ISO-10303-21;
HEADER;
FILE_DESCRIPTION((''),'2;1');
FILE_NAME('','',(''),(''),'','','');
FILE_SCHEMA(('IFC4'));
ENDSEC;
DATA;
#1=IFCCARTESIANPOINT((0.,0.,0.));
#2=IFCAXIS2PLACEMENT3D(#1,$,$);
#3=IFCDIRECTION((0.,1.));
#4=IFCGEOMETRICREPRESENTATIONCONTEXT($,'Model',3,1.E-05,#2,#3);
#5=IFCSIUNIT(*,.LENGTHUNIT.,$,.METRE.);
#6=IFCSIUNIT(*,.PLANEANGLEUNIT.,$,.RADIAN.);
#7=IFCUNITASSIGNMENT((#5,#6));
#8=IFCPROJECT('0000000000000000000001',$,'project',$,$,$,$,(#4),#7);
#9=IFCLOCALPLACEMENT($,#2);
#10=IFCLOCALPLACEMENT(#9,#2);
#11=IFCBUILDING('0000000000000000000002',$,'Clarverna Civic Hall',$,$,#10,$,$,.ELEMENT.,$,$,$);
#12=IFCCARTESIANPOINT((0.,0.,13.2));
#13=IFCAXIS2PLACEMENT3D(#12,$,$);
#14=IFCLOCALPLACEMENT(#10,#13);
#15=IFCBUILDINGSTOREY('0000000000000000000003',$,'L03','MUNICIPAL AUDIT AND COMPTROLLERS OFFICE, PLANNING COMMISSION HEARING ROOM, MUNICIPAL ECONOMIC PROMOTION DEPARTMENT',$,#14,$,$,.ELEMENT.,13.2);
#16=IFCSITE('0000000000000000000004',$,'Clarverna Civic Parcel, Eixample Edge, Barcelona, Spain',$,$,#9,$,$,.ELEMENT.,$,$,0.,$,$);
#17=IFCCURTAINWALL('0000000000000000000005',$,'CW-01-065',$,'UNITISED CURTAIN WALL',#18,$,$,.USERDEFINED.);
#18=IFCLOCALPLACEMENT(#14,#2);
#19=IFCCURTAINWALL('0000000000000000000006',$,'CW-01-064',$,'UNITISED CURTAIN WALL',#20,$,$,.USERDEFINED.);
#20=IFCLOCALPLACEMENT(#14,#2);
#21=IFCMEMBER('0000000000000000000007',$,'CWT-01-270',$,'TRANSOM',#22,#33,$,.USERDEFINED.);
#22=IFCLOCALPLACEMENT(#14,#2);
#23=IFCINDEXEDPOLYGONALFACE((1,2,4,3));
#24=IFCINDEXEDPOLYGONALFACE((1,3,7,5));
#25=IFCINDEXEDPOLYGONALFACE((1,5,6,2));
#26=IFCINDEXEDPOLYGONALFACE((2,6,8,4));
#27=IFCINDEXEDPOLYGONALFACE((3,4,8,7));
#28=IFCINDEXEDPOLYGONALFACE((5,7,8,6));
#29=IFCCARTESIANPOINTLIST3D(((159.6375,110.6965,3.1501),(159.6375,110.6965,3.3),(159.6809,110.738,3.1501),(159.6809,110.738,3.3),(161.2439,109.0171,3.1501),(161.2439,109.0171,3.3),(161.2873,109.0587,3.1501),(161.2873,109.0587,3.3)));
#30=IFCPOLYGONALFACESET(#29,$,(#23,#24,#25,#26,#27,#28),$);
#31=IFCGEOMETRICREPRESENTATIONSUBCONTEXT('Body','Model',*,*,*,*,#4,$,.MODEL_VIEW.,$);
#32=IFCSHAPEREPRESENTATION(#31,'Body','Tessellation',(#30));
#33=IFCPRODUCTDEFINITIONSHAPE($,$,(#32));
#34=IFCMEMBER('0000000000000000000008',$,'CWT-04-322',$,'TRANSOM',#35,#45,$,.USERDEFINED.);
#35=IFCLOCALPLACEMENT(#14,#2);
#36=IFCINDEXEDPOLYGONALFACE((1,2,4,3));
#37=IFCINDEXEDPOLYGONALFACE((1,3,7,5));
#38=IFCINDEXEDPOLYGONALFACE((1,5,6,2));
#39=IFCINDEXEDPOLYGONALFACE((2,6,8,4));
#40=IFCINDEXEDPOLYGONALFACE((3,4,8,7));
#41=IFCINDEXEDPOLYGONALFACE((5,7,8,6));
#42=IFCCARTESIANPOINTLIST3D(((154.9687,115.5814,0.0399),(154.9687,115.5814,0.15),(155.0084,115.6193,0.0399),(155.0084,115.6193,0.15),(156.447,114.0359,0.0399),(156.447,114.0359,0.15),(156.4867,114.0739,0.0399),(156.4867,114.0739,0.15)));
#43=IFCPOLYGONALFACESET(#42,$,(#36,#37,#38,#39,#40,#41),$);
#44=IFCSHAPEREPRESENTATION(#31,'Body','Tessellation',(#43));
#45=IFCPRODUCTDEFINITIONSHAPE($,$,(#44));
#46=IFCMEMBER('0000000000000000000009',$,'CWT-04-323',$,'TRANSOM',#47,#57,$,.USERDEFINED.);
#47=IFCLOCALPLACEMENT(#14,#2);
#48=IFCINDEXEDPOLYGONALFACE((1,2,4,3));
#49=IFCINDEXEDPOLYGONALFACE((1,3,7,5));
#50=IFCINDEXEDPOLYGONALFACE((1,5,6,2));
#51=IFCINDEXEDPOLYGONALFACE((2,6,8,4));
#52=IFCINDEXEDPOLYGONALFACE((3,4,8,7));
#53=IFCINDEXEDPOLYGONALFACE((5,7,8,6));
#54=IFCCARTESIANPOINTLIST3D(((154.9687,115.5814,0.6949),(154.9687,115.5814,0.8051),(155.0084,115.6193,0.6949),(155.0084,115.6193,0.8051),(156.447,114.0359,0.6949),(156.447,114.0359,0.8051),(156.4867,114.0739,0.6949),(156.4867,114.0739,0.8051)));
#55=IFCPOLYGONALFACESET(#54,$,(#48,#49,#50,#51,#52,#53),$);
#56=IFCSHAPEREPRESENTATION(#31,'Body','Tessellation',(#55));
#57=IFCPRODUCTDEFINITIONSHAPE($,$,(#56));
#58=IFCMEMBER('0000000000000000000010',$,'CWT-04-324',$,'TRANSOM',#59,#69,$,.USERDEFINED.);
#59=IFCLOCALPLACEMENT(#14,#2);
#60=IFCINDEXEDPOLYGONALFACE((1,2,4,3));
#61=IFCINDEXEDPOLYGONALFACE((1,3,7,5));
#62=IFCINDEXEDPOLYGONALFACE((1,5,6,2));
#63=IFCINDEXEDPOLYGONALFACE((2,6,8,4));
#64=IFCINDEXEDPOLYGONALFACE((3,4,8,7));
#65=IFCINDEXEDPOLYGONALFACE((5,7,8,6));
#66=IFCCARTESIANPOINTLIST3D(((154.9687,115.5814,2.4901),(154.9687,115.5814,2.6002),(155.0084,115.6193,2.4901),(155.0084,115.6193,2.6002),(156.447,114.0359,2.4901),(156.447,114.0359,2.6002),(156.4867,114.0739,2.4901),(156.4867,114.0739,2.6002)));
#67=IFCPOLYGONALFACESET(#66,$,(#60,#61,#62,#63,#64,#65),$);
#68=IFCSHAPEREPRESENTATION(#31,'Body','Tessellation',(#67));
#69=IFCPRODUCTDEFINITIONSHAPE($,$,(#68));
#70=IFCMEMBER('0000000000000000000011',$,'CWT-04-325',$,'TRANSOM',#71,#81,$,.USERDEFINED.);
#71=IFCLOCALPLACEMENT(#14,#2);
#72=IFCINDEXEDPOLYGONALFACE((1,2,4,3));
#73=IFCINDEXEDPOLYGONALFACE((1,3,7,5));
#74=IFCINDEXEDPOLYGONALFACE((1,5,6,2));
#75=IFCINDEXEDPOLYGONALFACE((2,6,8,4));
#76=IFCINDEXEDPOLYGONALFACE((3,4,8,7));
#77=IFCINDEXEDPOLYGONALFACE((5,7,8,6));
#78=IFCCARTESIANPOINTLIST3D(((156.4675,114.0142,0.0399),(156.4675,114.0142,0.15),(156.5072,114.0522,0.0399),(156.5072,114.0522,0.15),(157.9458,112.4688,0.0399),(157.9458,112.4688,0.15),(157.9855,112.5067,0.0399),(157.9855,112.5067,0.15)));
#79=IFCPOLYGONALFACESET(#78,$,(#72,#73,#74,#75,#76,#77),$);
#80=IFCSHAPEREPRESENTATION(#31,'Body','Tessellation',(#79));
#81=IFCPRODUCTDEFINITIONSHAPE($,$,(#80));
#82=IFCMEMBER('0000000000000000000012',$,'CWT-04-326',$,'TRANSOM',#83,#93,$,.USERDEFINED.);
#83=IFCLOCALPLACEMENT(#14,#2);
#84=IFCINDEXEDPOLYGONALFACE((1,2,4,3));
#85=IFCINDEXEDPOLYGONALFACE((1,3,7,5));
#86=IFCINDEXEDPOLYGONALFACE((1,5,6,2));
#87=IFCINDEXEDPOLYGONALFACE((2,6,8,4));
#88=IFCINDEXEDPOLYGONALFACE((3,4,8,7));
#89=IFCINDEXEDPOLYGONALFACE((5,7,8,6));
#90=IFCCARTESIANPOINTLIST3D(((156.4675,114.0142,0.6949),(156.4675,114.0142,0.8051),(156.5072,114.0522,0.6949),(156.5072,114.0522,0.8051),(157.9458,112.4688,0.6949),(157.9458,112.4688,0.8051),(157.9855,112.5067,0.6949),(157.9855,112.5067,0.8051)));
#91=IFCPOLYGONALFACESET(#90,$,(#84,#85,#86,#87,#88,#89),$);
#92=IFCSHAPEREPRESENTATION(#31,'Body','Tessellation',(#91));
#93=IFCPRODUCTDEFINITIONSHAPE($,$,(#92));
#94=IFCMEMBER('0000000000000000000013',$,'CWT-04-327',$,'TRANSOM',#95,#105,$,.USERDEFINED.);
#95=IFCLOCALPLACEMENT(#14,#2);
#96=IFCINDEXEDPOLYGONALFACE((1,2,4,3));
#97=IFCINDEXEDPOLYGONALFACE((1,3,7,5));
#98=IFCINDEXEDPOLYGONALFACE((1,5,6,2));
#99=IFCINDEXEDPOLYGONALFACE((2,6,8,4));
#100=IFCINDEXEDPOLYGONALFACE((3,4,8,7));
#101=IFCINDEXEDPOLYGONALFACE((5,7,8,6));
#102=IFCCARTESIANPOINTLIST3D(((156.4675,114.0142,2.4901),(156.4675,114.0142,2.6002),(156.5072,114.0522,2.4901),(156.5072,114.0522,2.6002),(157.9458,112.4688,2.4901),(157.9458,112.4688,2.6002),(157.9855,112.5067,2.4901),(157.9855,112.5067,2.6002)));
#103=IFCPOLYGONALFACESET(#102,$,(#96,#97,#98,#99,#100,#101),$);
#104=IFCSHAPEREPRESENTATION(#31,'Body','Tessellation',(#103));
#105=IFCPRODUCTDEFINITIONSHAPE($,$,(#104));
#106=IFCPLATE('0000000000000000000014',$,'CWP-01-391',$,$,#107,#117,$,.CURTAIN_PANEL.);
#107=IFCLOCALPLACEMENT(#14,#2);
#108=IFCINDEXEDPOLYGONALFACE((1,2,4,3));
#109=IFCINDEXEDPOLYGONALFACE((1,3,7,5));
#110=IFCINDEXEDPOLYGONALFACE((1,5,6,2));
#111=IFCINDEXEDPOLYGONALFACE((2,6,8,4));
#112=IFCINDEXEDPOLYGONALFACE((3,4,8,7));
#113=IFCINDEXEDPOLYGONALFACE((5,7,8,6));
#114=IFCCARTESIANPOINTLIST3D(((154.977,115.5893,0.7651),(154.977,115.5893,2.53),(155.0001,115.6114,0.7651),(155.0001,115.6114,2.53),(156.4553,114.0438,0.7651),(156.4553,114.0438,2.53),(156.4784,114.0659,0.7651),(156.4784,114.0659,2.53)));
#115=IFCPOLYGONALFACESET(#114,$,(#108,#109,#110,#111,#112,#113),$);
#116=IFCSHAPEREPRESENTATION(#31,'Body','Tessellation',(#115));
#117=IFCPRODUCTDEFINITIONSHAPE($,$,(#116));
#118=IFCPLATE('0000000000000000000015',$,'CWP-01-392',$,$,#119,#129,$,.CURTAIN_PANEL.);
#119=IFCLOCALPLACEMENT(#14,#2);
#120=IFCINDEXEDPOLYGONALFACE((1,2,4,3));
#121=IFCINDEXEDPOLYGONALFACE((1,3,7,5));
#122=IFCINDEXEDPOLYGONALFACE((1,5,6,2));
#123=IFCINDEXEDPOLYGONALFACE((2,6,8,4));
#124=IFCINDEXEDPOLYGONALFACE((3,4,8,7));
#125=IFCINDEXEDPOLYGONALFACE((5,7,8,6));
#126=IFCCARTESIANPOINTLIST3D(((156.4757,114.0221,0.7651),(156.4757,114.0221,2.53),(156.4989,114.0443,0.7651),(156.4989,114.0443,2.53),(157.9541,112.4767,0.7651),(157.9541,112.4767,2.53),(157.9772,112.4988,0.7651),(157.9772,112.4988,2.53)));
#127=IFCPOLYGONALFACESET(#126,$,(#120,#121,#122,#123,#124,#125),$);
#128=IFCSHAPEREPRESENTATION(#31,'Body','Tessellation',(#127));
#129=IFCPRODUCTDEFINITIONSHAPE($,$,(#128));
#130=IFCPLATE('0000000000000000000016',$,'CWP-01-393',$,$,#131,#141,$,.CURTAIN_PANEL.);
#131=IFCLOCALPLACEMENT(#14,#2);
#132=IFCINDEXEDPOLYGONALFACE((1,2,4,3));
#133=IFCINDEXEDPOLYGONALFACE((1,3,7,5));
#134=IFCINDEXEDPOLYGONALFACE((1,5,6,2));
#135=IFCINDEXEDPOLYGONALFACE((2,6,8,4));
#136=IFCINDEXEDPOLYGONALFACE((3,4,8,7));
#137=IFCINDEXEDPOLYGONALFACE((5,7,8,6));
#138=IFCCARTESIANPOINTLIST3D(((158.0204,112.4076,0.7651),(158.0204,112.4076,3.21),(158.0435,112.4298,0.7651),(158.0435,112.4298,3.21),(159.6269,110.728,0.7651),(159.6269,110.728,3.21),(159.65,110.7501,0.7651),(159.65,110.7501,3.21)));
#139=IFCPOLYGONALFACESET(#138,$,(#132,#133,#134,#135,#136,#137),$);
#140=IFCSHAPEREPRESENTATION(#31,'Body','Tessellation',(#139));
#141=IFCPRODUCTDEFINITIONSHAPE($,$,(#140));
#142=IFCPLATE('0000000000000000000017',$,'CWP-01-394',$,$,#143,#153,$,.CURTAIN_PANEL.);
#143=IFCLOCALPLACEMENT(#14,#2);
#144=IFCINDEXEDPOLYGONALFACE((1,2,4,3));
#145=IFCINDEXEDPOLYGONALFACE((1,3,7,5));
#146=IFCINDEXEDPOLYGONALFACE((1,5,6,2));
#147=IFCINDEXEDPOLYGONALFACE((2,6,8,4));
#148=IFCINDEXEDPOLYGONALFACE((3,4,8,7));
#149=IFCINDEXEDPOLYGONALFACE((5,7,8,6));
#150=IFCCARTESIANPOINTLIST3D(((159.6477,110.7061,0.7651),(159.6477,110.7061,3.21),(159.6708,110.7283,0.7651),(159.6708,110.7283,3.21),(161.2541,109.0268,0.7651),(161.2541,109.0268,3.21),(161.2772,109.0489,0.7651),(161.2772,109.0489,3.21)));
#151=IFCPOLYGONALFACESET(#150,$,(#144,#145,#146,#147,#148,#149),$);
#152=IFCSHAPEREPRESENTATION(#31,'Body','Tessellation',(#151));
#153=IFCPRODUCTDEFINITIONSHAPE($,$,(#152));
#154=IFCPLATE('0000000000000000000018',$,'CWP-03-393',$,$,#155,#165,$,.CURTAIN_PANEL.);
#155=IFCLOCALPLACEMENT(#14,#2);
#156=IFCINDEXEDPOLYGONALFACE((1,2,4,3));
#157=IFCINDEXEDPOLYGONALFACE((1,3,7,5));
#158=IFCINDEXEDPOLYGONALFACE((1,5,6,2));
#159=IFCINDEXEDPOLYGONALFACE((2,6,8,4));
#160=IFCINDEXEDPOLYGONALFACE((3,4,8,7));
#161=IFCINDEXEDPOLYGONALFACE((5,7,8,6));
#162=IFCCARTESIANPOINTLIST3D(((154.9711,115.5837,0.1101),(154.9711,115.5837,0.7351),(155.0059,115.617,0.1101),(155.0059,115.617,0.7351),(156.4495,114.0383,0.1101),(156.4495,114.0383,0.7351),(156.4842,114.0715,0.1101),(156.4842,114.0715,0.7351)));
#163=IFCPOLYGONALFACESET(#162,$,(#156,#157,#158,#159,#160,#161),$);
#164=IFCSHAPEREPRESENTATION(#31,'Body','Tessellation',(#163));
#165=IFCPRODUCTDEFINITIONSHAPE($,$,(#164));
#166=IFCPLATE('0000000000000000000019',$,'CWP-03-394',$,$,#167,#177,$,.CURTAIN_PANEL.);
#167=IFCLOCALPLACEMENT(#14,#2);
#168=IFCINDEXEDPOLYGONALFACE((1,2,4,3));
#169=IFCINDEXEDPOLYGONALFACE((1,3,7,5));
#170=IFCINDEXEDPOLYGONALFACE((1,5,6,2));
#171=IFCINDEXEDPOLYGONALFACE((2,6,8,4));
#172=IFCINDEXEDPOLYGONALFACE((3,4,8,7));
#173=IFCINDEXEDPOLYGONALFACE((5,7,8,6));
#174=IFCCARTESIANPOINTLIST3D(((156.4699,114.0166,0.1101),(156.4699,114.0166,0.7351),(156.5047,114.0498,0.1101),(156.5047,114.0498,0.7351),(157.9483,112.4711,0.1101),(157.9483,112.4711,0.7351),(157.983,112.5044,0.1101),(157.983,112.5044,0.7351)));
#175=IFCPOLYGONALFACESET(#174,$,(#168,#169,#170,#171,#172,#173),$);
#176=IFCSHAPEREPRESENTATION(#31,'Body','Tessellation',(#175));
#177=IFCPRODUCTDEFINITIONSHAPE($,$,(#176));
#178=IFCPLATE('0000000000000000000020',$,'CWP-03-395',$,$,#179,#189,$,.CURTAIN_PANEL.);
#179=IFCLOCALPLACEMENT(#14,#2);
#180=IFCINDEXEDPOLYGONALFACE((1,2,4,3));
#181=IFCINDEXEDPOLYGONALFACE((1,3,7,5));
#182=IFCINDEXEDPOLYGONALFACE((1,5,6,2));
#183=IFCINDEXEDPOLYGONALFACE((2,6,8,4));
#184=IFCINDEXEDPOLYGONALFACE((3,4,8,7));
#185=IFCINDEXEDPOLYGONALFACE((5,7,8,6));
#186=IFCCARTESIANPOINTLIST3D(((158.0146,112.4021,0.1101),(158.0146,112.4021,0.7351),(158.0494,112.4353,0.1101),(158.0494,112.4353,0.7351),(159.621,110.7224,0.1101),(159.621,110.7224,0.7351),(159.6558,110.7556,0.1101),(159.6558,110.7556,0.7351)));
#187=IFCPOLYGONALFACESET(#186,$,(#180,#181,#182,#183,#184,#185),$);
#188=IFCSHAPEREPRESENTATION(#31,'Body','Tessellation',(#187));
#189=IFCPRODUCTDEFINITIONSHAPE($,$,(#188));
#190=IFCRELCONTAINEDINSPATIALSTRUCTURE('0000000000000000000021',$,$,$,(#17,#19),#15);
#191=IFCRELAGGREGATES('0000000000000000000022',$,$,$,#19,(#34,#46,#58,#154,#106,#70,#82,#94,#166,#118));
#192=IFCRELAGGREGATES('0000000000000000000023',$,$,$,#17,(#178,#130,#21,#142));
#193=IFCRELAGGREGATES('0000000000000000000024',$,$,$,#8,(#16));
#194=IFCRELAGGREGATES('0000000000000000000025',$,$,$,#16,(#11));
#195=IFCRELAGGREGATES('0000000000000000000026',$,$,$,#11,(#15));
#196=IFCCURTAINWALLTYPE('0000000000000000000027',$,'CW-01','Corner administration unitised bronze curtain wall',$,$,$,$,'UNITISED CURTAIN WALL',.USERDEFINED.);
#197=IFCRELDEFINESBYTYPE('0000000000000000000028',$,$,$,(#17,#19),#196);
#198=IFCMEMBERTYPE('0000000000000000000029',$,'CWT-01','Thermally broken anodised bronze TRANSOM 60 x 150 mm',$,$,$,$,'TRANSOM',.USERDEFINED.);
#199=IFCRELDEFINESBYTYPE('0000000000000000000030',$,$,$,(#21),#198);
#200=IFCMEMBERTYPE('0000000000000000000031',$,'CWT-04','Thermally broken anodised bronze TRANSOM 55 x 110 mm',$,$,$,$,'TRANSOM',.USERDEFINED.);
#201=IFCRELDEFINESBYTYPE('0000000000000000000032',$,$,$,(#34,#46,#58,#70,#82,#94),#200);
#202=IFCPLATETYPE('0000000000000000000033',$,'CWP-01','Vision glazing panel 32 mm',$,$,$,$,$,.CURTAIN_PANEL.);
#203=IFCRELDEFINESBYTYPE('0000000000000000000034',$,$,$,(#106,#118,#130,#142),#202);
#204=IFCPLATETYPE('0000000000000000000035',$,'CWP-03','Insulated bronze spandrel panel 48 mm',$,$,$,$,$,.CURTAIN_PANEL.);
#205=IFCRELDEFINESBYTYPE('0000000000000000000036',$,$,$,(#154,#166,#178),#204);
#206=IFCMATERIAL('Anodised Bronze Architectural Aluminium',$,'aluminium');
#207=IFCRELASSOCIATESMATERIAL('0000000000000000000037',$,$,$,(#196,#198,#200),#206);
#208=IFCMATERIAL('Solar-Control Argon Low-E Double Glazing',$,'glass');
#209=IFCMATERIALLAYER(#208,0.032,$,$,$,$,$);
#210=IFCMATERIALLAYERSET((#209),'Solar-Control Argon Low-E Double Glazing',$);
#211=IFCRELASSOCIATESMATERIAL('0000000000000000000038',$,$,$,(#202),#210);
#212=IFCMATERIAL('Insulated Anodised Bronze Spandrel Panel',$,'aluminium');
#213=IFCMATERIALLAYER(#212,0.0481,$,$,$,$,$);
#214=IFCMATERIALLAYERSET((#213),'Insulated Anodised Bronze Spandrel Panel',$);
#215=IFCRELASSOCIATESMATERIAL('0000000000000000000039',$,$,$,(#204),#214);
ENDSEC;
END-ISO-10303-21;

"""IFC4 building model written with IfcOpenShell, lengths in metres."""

from ifc_helpers import new_model, si_unit, direction, frame, frame_2d, origin, origin_2d, place, context, subcontext, project, spatial, rectangle, extrude, material, layer, layer_set, material_profile, profile_set, type_object, element, aggregate, save


model = new_model("IFC4")

# Units and contexts
model_context = context("Model", 3, precision=1e-05, world=origin(), true_north=direction((0.0, 1.0)))
body_context = subcontext(model_context, "Body", "Model", "MODEL_VIEW")
ifc_project = project(units=[si_unit("LENGTHUNIT", "METRE"), si_unit("PLANEANGLEUNIT", "RADIAN")], contexts=[model_context])

# Site, building, storey
site_placement = place(None, origin())
site = spatial("IfcSite", under=ifc_project, at=site_placement, Name="Clarverna Civic Parcel, Eixample Edge, Barcelona, Spain", CompositionType="ELEMENT", RefElevation=0.0)
building_placement = place(site_placement, origin())
building = spatial("IfcBuilding", under=site, at=building_placement, Name="Clarverna Civic Hall", CompositionType="ELEMENT")
storey_placement = place(building_placement, frame((0.0, 0.0, 13.2)))
storey = spatial("IfcBuildingStorey", under=building, at=storey_placement, Name="L03", Description="MUNICIPAL AUDIT AND COMPTROLLERS OFFICE, PLANNING COMMISSION HEARING ROOM, MUNICIPAL ECONOMIC PROMOTION DEPARTMENT", CompositionType="ELEMENT", Elevation=13.2)

# Curtain walls
ifc_material_1 = material(Name="Anodised Bronze Architectural Aluminium", Category="aluminium")
curtain_wall_type = type_object("IfcCurtainWallType", Name="CW-01", Description="Corner administration unitised bronze curtain wall", ElementType="UNITISED CURTAIN WALL", PredefinedType="USERDEFINED", material=ifc_material_1)
curtain_wall_1_placement = place(storey_placement, origin())
curtain_wall_1 = element("IfcCurtainWall", 1, at=curtain_wall_1_placement, inside=storey, type_object=curtain_wall_type, Name="CW-01-065", ObjectType="UNITISED CURTAIN WALL", PredefinedType="USERDEFINED")
curtain_wall_2_placement = place(storey_placement, origin())
curtain_wall_2 = element("IfcCurtainWall", 2, at=curtain_wall_2_placement, inside=storey, type_object=curtain_wall_type, Name="CW-01-064", ObjectType="UNITISED CURTAIN WALL", PredefinedType="USERDEFINED")

# Members
ifc_material_profile_1 = material_profile(ifc_material_1, rectangle(XDim=0.0601, YDim=0.1499, at=origin_2d()), Name="BRONZE 60x150")
ifc_profile_set_1 = profile_set([ifc_material_profile_1], Name="Anodised Bronze Architectural Aluminium")
member_type_1 = type_object("IfcMemberType", Name="CWT-01", Description="Thermally broken anodised bronze TRANSOM 60 x 150 mm", ElementType="TRANSOM", PredefinedType="USERDEFINED", material=ifc_profile_set_1)
member_1_placement = place(storey_placement, frame((159.6592, 110.7173, 3.2251), z_axis=(0.691227, -0.722637, 0.0), x_axis=(0.722637, 0.691227, 0.0)))
member_1 = element("IfcMember", 3, at=member_1_placement, type_object=member_type_1, Name="CWT-01-270", ObjectType="TRANSOM", PredefinedType="USERDEFINED", context=body_context, shape_type="SweptSolid", body=[
    extrude(rectangle(XDim=0.0601, YDim=0.1499, at=origin_2d()), origin(), (0.0, 0.0, 1.0), 2.324),
])
ifc_material_profile_2 = material_profile(ifc_material_1, rectangle(XDim=0.0549, YDim=0.1101, at=origin_2d()), Name="BRONZE 55x110")
ifc_profile_set_2 = profile_set([ifc_material_profile_2], Name="Anodised Bronze Architectural Aluminium")
member_type_2 = type_object("IfcMemberType", Name="CWT-04", Description="Thermally broken anodised bronze TRANSOM 55 x 110 mm", ElementType="TRANSOM", PredefinedType="USERDEFINED", material=ifc_profile_set_2)
member_2_placement = place(storey_placement, frame((154.9885, 115.6003, 0.095), z_axis=(0.691236, -0.722629, 0.0), x_axis=(0.722629, 0.691236, 0.0)))
member_2 = element("IfcMember", 4, at=member_2_placement, type_object=member_type_2, Name="CWT-04-322", ObjectType="TRANSOM", PredefinedType="USERDEFINED", context=body_context, shape_type="SweptSolid", body=[
    extrude(rectangle(XDim=0.0549, YDim=0.1101, at=origin_2d()), origin(), (0.0, 0.0, 1.0), 2.1387),
])
member_3_placement = place(storey_placement, frame((154.9885, 115.6003, 0.75), z_axis=(0.691236, -0.722629, 0.0), x_axis=(0.722629, 0.691236, 0.0)))
member_3 = element("IfcMember", 5, at=member_3_placement, type_object=member_type_2, Name="CWT-04-323", ObjectType="TRANSOM", PredefinedType="USERDEFINED", context=body_context, shape_type="SweptSolid", body=[
    extrude(rectangle(XDim=0.0549, YDim=0.1101, at=origin_2d()), origin(), (0.0, 0.0, 1.0), 2.1387),
])
member_4_placement = place(storey_placement, frame((154.9885, 115.6003, 2.5452), z_axis=(0.691236, -0.722629, 0.0), x_axis=(0.722629, 0.691236, 0.0)))
member_4 = element("IfcMember", 6, at=member_4_placement, type_object=member_type_2, Name="CWT-04-324", ObjectType="TRANSOM", PredefinedType="USERDEFINED", context=body_context, shape_type="SweptSolid", body=[
    extrude(rectangle(XDim=0.0549, YDim=0.1101, at=origin_2d()), origin(), (0.0, 0.0, 1.0), 2.1387),
])
member_5_placement = place(storey_placement, frame((156.4873, 114.0332, 0.095), z_axis=(0.691236, -0.722629, 0.0), x_axis=(0.722629, 0.691236, 0.0)))
member_5 = element("IfcMember", 7, at=member_5_placement, type_object=member_type_2, Name="CWT-04-325", ObjectType="TRANSOM", PredefinedType="USERDEFINED", context=body_context, shape_type="SweptSolid", body=[
    extrude(rectangle(XDim=0.0549, YDim=0.1101, at=origin_2d()), origin(), (0.0, 0.0, 1.0), 2.1387),
])
member_6_placement = place(storey_placement, frame((156.4873, 114.0332, 0.75), z_axis=(0.691236, -0.722629, 0.0), x_axis=(0.722629, 0.691236, 0.0)))
member_6 = element("IfcMember", 8, at=member_6_placement, type_object=member_type_2, Name="CWT-04-326", ObjectType="TRANSOM", PredefinedType="USERDEFINED", context=body_context, shape_type="SweptSolid", body=[
    extrude(rectangle(XDim=0.0549, YDim=0.1101, at=origin_2d()), origin(), (0.0, 0.0, 1.0), 2.1387),
])
member_7_placement = place(storey_placement, frame((156.4873, 114.0332, 2.5452), z_axis=(0.691236, -0.722629, 0.0), x_axis=(0.722629, 0.691236, 0.0)))
member_7 = element("IfcMember", 9, at=member_7_placement, type_object=member_type_2, Name="CWT-04-327", ObjectType="TRANSOM", PredefinedType="USERDEFINED", context=body_context, shape_type="SweptSolid", body=[
    extrude(rectangle(XDim=0.0549, YDim=0.1101, at=origin_2d()), origin(), (0.0, 0.0, 1.0), 2.1387),
])

# Plates
ifc_material_2 = material(Name="Solar-Control Argon Low-E Double Glazing", Category="glass")
ifc_layer_1 = layer(ifc_material_2, 0.032)
ifc_layer_set_1 = layer_set([ifc_layer_1], Name="Solar-Control Argon Low-E Double Glazing")
plate_type_1 = type_object("IfcPlateType", Name="CWP-01", Description="Vision glazing panel 32 mm", PredefinedType="CURTAIN_PANEL", material=ifc_layer_set_1)
plate_1_placement = place(storey_placement, frame((154.9885, 115.6003, 0.7651), z_axis=(0.0, 0.0, 1.0), x_axis=(0.691236, -0.722629, 0.0)))
plate_1 = element("IfcPlate", 10, at=plate_1_placement, type_object=plate_type_1, Name="CWP-01-391", PredefinedType="CURTAIN_PANEL", context=body_context, shape_type="SweptSolid", body=[
    extrude(rectangle(XDim=2.1387, YDim=0.032, at=frame_2d((1.0693, 0.0))), origin(), (0.0, 0.0, 1.0), 1.7649),
])
plate_2_placement = place(storey_placement, frame((156.4873, 114.0332, 0.7651), z_axis=(0.0, 0.0, 1.0), x_axis=(0.691236, -0.722629, 0.0)))
plate_2 = element("IfcPlate", 11, at=plate_2_placement, type_object=plate_type_1, Name="CWP-01-392", PredefinedType="CURTAIN_PANEL", context=body_context, shape_type="SweptSolid", body=[
    extrude(rectangle(XDim=2.1387, YDim=0.032, at=frame_2d((1.0693, 0.0))), origin(), (0.0, 0.0, 1.0), 1.7649),
])
plate_3_placement = place(storey_placement, frame((158.032, 112.4187, 0.7651), z_axis=(0.0, 0.0, 1.0), x_axis=(0.691175, -0.722687, 0.0)))
plate_3 = element("IfcPlate", 12, at=plate_3_placement, type_object=plate_type_1, Name="CWP-01-393", PredefinedType="CURTAIN_PANEL", context=body_context, shape_type="SweptSolid", body=[
    extrude(rectangle(XDim=2.3242, YDim=0.032, at=frame_2d((1.1621, 0.0))), origin(), (0.0, 0.0, 1.0), 2.4448),
])
plate_4_placement = place(storey_placement, frame((159.6592, 110.7173, 0.7651), z_axis=(0.0, 0.0, 1.0), x_axis=(0.691227, -0.722637, 0.0)))
plate_4 = element("IfcPlate", 13, at=plate_4_placement, type_object=plate_type_1, Name="CWP-01-394", PredefinedType="CURTAIN_PANEL", context=body_context, shape_type="SweptSolid", body=[
    extrude(rectangle(XDim=2.324, YDim=0.032, at=frame_2d((1.1621, 0.0))), origin(), (0.0, 0.0, 1.0), 2.4448),
])
ifc_material_3 = material(Name="Insulated Anodised Bronze Spandrel Panel", Category="aluminium")
ifc_layer_2 = layer(ifc_material_3, 0.0481)
ifc_layer_set_2 = layer_set([ifc_layer_2], Name="Insulated Anodised Bronze Spandrel Panel")
plate_type_2 = type_object("IfcPlateType", Name="CWP-03", Description="Insulated bronze spandrel panel 48 mm", PredefinedType="CURTAIN_PANEL", material=ifc_layer_set_2)
plate_5_placement = place(storey_placement, frame((154.9885, 115.6003, 0.1101), z_axis=(0.0, 0.0, 1.0), x_axis=(0.691236, -0.722629, 0.0)))
plate_5 = element("IfcPlate", 14, at=plate_5_placement, type_object=plate_type_2, Name="CWP-03-393", PredefinedType="CURTAIN_PANEL", context=body_context, shape_type="SweptSolid", body=[
    extrude(rectangle(XDim=2.1387, YDim=0.0481, at=frame_2d((1.0693, 0.0))), origin(), (0.0, 0.0, 1.0), 0.625),
])
plate_6_placement = place(storey_placement, frame((156.4873, 114.0332, 0.1101), z_axis=(0.0, 0.0, 1.0), x_axis=(0.691236, -0.722629, 0.0)))
plate_6 = element("IfcPlate", 15, at=plate_6_placement, type_object=plate_type_2, Name="CWP-03-394", PredefinedType="CURTAIN_PANEL", context=body_context, shape_type="SweptSolid", body=[
    extrude(rectangle(XDim=2.1387, YDim=0.0481, at=frame_2d((1.0693, 0.0))), origin(), (0.0, 0.0, 1.0), 0.625),
])
aggregate(curtain_wall_2, [member_2, member_3, member_4, plate_5, plate_1, member_5, member_6, member_7, plate_6, plate_2])
plate_7_placement = place(storey_placement, frame((158.032, 112.4187, 0.1101), z_axis=(0.0, 0.0, 1.0), x_axis=(0.691175, -0.722687, 0.0)))
plate_7 = element("IfcPlate", 16, at=plate_7_placement, type_object=plate_type_2, Name="CWP-03-395", PredefinedType="CURTAIN_PANEL", context=body_context, shape_type="SweptSolid", body=[
    extrude(rectangle(XDim=2.3242, YDim=0.0481, at=frame_2d((1.1621, 0.0))), origin(), (0.0, 0.0, 1.0), 0.625),
])
aggregate(curtain_wall_1, [plate_7, plate_3, member_1, plate_4])

save(model, "model.ifc")
